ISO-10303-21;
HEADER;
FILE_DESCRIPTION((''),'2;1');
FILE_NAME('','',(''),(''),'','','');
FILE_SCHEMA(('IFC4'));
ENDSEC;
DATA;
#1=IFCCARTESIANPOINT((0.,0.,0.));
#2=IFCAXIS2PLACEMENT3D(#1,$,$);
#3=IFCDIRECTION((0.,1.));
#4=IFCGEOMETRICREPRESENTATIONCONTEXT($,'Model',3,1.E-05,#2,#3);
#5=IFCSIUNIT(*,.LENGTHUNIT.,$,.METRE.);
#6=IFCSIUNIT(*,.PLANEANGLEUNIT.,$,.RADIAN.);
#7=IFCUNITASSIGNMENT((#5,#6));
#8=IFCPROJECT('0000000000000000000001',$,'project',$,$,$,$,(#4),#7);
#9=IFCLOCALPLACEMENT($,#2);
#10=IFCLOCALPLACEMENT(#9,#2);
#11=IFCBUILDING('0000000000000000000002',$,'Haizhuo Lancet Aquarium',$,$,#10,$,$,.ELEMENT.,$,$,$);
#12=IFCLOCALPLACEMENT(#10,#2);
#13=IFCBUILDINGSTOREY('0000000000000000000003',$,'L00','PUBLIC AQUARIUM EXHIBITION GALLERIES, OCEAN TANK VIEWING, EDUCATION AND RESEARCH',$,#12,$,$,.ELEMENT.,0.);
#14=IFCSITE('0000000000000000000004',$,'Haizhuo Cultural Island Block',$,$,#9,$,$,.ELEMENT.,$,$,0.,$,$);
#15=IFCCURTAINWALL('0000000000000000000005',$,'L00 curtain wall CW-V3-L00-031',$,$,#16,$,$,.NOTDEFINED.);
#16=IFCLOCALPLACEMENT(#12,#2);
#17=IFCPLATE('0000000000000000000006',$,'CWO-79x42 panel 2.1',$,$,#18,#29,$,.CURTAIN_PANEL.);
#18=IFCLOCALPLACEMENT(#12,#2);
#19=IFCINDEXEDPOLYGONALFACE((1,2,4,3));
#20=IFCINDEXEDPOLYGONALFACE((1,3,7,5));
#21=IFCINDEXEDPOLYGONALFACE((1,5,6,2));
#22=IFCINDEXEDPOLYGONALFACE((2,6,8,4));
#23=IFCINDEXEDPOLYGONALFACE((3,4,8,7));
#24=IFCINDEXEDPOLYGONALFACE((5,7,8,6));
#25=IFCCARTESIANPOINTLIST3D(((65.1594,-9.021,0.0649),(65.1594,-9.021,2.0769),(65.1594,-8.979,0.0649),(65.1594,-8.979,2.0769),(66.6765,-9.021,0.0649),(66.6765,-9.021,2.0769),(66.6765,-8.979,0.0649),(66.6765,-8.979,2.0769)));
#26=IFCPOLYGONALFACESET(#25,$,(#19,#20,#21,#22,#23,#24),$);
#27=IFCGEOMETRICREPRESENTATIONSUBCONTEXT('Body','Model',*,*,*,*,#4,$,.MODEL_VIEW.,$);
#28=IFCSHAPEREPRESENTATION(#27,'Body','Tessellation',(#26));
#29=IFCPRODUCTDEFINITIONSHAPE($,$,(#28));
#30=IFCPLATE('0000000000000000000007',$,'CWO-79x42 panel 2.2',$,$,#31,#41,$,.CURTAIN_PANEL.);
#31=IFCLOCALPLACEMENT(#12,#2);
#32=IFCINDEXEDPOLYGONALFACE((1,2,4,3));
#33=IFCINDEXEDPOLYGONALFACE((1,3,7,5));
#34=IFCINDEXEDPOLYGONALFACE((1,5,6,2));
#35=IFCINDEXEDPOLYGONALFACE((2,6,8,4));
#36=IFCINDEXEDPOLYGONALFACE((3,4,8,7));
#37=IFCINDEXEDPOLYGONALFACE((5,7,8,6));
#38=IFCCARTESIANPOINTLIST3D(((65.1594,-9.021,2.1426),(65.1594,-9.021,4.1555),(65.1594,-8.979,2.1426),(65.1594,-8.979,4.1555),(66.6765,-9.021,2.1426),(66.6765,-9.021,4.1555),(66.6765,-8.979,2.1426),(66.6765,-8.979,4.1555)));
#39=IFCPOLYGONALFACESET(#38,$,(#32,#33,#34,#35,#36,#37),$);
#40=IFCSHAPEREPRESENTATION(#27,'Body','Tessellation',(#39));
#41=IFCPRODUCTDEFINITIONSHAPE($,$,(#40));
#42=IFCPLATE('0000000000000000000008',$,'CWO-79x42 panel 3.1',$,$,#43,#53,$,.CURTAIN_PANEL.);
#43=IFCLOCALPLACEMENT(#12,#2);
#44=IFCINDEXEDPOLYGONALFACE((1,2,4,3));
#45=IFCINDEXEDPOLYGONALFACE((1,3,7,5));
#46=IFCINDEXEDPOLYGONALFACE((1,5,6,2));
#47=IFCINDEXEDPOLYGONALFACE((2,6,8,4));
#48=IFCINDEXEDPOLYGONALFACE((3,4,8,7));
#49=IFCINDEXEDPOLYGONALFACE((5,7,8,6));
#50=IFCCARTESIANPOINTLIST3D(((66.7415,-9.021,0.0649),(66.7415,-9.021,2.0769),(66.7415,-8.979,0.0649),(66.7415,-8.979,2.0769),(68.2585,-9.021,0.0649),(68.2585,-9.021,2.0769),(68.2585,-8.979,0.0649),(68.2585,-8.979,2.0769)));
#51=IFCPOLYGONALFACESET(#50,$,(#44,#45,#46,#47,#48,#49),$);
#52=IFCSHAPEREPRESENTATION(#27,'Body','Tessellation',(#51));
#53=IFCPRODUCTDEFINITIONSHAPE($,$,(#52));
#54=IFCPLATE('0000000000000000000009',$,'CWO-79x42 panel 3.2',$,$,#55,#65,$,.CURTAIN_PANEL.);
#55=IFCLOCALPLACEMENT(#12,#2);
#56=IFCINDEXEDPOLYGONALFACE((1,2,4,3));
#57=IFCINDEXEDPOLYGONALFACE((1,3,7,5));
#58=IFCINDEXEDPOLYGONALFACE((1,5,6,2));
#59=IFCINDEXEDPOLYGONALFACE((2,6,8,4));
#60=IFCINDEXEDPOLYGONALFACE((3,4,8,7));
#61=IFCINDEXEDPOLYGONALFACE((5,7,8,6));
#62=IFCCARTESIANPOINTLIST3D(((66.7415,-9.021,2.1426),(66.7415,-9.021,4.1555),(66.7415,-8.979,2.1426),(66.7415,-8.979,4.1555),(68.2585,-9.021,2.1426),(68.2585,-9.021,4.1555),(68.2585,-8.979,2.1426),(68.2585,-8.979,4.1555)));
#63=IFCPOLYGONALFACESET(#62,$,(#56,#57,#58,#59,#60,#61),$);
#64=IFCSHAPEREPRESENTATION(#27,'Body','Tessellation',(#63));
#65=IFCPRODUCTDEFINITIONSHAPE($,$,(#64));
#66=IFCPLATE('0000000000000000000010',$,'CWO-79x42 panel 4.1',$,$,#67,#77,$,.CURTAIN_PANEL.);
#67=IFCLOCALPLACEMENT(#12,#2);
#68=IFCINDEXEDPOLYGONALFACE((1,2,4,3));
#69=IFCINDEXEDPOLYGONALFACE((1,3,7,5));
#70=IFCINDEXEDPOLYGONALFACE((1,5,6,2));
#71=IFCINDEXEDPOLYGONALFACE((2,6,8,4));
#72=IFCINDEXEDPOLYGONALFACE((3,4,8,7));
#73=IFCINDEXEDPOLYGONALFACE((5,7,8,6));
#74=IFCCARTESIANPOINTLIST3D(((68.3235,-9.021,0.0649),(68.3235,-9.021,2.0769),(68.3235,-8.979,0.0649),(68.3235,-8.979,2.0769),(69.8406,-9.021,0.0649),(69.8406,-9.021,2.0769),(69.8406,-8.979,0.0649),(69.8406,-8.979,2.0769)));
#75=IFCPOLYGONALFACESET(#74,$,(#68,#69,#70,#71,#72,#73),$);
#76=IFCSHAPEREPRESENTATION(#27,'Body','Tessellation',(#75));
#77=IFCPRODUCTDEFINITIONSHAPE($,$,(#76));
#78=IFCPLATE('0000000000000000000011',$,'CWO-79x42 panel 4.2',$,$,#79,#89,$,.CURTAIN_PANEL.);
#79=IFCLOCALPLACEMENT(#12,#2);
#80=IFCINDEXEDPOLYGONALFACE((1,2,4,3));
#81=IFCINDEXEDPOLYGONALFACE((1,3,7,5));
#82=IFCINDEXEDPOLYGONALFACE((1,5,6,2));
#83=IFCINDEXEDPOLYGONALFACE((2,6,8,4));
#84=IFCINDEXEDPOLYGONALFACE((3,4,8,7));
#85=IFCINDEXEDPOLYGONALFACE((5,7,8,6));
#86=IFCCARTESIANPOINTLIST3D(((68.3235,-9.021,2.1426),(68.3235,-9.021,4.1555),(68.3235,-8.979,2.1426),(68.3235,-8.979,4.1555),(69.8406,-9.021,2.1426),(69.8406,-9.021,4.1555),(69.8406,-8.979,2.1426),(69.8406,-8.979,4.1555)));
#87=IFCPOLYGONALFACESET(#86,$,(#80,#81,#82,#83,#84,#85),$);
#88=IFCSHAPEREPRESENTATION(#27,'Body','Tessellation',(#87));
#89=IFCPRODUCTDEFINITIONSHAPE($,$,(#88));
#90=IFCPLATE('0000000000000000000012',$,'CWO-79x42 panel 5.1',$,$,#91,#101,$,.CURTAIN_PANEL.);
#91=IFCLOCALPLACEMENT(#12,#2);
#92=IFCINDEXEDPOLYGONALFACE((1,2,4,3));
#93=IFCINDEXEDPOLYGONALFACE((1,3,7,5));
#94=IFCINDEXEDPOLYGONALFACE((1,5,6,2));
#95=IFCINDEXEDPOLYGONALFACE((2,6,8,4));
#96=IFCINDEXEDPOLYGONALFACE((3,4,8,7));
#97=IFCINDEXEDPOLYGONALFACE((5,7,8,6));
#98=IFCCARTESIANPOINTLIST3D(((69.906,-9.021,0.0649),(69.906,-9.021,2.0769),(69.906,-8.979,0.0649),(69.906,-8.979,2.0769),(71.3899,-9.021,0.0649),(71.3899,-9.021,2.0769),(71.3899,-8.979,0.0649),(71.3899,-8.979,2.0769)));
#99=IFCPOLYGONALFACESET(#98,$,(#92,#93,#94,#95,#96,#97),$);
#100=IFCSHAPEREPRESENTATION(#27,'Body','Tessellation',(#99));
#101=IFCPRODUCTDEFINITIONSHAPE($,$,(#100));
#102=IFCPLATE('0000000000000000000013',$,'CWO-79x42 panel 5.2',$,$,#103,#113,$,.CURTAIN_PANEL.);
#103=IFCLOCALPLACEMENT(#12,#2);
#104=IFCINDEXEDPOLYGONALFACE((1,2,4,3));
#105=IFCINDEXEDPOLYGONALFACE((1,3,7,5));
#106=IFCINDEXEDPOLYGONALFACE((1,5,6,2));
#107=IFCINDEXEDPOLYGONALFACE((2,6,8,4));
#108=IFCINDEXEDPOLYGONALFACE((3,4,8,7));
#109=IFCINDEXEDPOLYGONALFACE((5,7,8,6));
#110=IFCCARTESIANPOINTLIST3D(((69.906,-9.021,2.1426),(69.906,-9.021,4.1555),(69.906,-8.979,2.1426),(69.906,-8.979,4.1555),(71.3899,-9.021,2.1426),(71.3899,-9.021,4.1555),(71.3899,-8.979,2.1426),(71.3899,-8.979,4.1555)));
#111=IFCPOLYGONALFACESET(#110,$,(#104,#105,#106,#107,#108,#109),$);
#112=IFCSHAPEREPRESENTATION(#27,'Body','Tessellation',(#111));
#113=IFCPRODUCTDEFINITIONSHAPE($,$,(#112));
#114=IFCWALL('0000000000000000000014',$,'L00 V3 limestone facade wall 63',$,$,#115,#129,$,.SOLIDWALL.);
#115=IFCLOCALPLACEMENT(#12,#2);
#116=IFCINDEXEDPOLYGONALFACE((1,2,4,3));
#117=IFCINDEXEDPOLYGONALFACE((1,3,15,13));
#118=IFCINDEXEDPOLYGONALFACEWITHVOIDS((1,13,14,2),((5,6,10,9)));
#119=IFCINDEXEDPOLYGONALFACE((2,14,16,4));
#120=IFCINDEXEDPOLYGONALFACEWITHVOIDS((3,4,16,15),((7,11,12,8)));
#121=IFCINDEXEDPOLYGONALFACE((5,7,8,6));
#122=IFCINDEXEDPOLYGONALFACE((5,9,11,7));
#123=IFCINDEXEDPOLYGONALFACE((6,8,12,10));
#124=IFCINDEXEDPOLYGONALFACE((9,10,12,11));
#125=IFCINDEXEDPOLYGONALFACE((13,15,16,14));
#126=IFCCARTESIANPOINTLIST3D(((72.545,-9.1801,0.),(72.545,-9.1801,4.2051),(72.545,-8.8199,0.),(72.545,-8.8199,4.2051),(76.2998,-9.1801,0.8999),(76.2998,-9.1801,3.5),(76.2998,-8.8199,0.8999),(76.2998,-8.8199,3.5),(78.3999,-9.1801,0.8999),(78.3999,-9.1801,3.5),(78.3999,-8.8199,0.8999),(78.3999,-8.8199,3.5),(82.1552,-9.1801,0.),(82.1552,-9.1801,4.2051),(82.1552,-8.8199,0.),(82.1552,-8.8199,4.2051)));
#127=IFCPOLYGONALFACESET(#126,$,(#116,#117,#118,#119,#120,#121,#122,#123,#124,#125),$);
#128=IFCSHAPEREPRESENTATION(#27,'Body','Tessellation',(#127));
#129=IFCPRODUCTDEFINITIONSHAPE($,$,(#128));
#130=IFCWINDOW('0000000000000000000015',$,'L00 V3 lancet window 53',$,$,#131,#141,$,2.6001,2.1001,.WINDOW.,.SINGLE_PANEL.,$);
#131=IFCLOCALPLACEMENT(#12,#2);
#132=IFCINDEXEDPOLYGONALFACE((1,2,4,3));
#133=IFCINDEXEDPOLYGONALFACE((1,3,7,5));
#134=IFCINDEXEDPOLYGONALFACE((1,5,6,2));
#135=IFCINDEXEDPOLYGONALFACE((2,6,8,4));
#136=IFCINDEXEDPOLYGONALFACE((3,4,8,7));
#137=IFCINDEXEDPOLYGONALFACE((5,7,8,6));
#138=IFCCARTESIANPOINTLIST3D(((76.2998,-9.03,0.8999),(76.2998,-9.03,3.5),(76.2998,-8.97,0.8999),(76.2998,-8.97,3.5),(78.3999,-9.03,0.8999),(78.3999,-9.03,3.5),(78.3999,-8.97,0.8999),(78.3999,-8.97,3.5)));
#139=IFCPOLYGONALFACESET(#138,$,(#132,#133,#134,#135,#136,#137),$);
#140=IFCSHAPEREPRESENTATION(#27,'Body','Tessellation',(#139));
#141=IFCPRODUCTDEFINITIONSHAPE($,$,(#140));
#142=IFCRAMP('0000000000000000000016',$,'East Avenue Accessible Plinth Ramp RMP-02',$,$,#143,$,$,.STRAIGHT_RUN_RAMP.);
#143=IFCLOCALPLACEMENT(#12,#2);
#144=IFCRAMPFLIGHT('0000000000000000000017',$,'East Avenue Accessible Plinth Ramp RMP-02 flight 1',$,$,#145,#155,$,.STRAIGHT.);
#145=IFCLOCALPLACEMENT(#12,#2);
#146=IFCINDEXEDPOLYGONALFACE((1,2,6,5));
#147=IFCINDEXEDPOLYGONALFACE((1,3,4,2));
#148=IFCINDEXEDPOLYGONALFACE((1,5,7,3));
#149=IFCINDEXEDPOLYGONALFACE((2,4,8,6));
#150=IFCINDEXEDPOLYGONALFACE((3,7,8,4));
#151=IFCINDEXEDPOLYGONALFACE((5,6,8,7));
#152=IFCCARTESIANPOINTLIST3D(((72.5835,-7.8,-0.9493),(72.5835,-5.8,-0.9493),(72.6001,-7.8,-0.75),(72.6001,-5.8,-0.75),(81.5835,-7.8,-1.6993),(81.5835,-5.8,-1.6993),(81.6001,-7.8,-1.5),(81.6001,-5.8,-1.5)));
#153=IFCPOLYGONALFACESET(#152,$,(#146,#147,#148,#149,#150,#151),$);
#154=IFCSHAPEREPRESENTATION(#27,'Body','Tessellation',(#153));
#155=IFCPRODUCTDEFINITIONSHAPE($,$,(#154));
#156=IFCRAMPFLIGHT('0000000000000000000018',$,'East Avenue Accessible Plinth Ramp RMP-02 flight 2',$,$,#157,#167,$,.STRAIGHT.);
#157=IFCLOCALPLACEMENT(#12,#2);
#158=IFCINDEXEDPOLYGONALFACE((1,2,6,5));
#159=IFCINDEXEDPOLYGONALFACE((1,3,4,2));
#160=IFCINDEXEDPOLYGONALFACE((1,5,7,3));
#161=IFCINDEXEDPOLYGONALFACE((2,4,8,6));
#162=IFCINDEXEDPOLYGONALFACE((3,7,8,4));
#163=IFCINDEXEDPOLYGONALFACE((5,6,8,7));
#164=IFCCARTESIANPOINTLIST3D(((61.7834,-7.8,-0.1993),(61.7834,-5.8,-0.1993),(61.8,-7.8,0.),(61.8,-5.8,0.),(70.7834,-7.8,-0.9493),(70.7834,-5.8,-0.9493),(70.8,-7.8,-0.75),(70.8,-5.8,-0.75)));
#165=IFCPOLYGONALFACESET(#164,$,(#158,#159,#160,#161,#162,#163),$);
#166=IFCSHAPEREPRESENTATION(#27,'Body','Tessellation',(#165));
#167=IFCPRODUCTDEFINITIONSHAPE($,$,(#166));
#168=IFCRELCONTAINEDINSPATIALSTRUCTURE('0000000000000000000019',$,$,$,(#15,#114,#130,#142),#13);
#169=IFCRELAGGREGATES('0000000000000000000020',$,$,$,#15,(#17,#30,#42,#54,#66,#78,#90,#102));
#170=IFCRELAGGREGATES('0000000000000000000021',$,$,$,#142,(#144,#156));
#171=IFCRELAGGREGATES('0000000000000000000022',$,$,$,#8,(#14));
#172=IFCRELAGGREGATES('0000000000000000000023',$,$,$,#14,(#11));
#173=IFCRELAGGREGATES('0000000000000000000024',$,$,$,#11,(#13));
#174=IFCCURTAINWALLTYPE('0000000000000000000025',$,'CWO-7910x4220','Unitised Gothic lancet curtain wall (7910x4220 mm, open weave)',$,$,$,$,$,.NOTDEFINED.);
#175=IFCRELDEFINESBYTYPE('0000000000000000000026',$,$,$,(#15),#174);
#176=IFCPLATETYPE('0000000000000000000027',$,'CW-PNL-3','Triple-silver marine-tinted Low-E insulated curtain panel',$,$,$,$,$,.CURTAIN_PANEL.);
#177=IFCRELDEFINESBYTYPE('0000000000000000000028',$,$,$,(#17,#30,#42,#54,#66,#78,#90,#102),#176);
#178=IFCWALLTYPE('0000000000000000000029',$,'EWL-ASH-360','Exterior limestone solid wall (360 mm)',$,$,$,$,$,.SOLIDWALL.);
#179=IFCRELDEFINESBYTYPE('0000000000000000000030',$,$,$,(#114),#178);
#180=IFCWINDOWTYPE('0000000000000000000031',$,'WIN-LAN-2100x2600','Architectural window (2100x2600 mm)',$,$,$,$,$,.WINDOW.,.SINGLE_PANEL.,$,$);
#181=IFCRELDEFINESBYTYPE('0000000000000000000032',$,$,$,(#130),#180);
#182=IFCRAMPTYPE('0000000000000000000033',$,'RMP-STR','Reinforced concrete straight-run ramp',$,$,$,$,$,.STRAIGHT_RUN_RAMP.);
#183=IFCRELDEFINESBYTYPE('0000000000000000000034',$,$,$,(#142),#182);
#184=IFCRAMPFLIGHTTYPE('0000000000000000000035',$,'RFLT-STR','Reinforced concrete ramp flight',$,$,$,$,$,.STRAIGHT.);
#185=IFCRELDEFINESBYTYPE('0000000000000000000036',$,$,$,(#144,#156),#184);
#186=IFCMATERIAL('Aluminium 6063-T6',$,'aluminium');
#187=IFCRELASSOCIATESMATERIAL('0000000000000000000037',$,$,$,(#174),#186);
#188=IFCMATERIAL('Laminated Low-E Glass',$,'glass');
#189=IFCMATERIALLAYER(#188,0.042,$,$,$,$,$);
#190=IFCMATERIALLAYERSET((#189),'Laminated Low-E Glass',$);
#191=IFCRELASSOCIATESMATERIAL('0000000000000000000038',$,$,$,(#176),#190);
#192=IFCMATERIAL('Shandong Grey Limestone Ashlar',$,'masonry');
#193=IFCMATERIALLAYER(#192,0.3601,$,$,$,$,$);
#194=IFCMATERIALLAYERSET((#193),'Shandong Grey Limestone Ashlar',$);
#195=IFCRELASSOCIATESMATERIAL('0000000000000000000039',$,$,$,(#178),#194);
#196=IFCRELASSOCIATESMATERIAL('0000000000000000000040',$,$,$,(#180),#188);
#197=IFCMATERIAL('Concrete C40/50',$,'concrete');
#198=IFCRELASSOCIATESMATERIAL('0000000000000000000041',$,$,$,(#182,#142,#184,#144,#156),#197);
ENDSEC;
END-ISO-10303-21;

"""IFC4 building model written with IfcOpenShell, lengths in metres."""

from ifc_helpers import new_model, si_unit, direction, frame, frame_2d, origin, origin_2d, place, context, subcontext, project, spatial, polyline, rectangle, outline, extrude, material, layer, layer_set, type_object, element, fill, aggregate, save


model = new_model("IFC4")

# Units and contexts
model_context = context("Model", 3, precision=1e-05, world=origin(), true_north=direction((0.0, 1.0)))
body_context = subcontext(model_context, "Body", "Model", "MODEL_VIEW")
ifc_project = project(units=[si_unit("LENGTHUNIT", "METRE"), si_unit("PLANEANGLEUNIT", "RADIAN")], contexts=[model_context])

# Site, building, storey
site_placement = place(None, origin())
site = spatial("IfcSite", under=ifc_project, at=site_placement, Name="Haizhuo Cultural Island Block", CompositionType="ELEMENT", RefElevation=0.0)
building_placement = place(site_placement, origin())
building = spatial("IfcBuilding", under=site, at=building_placement, Name="Haizhuo Lancet Aquarium", CompositionType="ELEMENT")
storey_placement = place(building_placement, origin())
storey = spatial("IfcBuildingStorey", under=building, at=storey_placement, Name="L00", Description="PUBLIC AQUARIUM EXHIBITION GALLERIES, OCEAN TANK VIEWING, EDUCATION AND RESEARCH", CompositionType="ELEMENT", Elevation=0.0)

# Shared definitions
ifc_material_1 = material(Name="Concrete C40/50", Category="concrete")

# Curtain wall
ifc_material_2 = material(Name="Aluminium 6063-T6", Category="aluminium")
curtain_wall_type = type_object("IfcCurtainWallType", Name="CWO-7910x4220", Description="Unitised Gothic lancet curtain wall (7910x4220 mm, open weave)", PredefinedType="NOTDEFINED", material=ifc_material_2)
curtain_wall_placement = place(storey_placement, origin())
curtain_wall = element("IfcCurtainWall", 1, at=curtain_wall_placement, inside=storey, type_object=curtain_wall_type, Name="L00 curtain wall CW-V3-L00-031", PredefinedType="NOTDEFINED")

# Plates
ifc_material_3 = material(Name="Laminated Low-E Glass", Category="glass")
ifc_layer_1 = layer(ifc_material_3, 0.042)
ifc_layer_set_1 = layer_set([ifc_layer_1], Name="Laminated Low-E Glass")
plate_type = type_object("IfcPlateType", Name="CW-PNL-3", Description="Triple-silver marine-tinted Low-E insulated curtain panel", PredefinedType="CURTAIN_PANEL", material=ifc_layer_set_1)
plate_1_placement = place(storey_placement, frame((65.918, -9.0, 0.0649), z_axis=(0.0, 0.0, 1.0), x_axis=(1.0, 0.0, 0.0)))
plate_1 = element("IfcPlate", 2, at=plate_1_placement, type_object=plate_type, Name="CWO-79x42 panel 2.1", PredefinedType="CURTAIN_PANEL", context=body_context, shape_type="SweptSolid", body=[
    extrude(rectangle(XDim=1.5171, YDim=0.042, at=origin_2d()), origin(), (0.0, 0.0, 1.0), 2.012),
])
plate_2_placement = place(storey_placement, frame((65.918, -9.0, 2.1426), z_axis=(0.0, 0.0, 1.0), x_axis=(1.0, 0.0, 0.0)))
plate_2 = element("IfcPlate", 3, at=plate_2_placement, type_object=plate_type, Name="CWO-79x42 panel 2.2", PredefinedType="CURTAIN_PANEL", context=body_context, shape_type="SweptSolid", body=[
    extrude(rectangle(XDim=1.5171, YDim=0.042, at=origin_2d()), origin(), (0.0, 0.0, 1.0), 2.0129),
])
plate_3_placement = place(storey_placement, frame((67.5, -9.0, 0.0649), z_axis=(0.0, 0.0, 1.0), x_axis=(1.0, 0.0, 0.0)))
plate_3 = element("IfcPlate", 4, at=plate_3_placement, type_object=plate_type, Name="CWO-79x42 panel 3.1", PredefinedType="CURTAIN_PANEL", context=body_context, shape_type="SweptSolid", body=[
    extrude(rectangle(XDim=1.5171, YDim=0.042, at=origin_2d()), origin(), (0.0, 0.0, 1.0), 2.012),
])
plate_4_placement = place(storey_placement, frame((67.5, -9.0, 2.1426), z_axis=(0.0, 0.0, 1.0), x_axis=(1.0, 0.0, 0.0)))
plate_4 = element("IfcPlate", 5, at=plate_4_placement, type_object=plate_type, Name="CWO-79x42 panel 3.2", PredefinedType="CURTAIN_PANEL", context=body_context, shape_type="SweptSolid", body=[
    extrude(rectangle(XDim=1.5171, YDim=0.042, at=origin_2d()), origin(), (0.0, 0.0, 1.0), 2.0129),
])
plate_5_placement = place(storey_placement, frame((69.082, -9.0, 0.0649), z_axis=(0.0, 0.0, 1.0), x_axis=(1.0, 0.0, 0.0)))
plate_5 = element("IfcPlate", 6, at=plate_5_placement, type_object=plate_type, Name="CWO-79x42 panel 4.1", PredefinedType="CURTAIN_PANEL", context=body_context, shape_type="SweptSolid", body=[
    extrude(rectangle(XDim=1.5171, YDim=0.042, at=origin_2d()), origin(), (0.0, 0.0, 1.0), 2.012),
])
plate_6_placement = place(storey_placement, frame((69.082, -9.0, 2.1426), z_axis=(0.0, 0.0, 1.0), x_axis=(1.0, 0.0, 0.0)))
plate_6 = element("IfcPlate", 7, at=plate_6_placement, type_object=plate_type, Name="CWO-79x42 panel 4.2", PredefinedType="CURTAIN_PANEL", context=body_context, shape_type="SweptSolid", body=[
    extrude(rectangle(XDim=1.5171, YDim=0.042, at=origin_2d()), origin(), (0.0, 0.0, 1.0), 2.0129),
])
plate_7_placement = place(storey_placement, frame((70.6479, -9.0, 0.0649), z_axis=(0.0, 0.0, 1.0), x_axis=(1.0, 0.0, 0.0)))
plate_7 = element("IfcPlate", 8, at=plate_7_placement, type_object=plate_type, Name="CWO-79x42 panel 5.1", PredefinedType="CURTAIN_PANEL", context=body_context, shape_type="SweptSolid", body=[
    extrude(rectangle(XDim=1.4839, YDim=0.042, at=origin_2d()), origin(), (0.0, 0.0, 1.0), 2.012),
])
plate_8_placement = place(storey_placement, frame((70.6479, -9.0, 2.1426), z_axis=(0.0, 0.0, 1.0), x_axis=(1.0, 0.0, 0.0)))
plate_8 = element("IfcPlate", 9, at=plate_8_placement, type_object=plate_type, Name="CWO-79x42 panel 5.2", PredefinedType="CURTAIN_PANEL", context=body_context, shape_type="SweptSolid", body=[
    extrude(rectangle(XDim=1.4839, YDim=0.042, at=origin_2d()), origin(), (0.0, 0.0, 1.0), 2.0129),
])
aggregate(curtain_wall, [plate_1, plate_2, plate_3, plate_4, plate_5, plate_6, plate_7, plate_8])

# Wall, opening, window
ifc_material_4 = material(Name="Shandong Grey Limestone Ashlar", Category="masonry")
ifc_layer_2 = layer(ifc_material_4, 0.3601)
ifc_layer_set_2 = layer_set([ifc_layer_2], Name="Shandong Grey Limestone Ashlar")
wall_type = type_object("IfcWallType", Name="EWL-ASH-360", Description="Exterior limestone solid wall (360 mm)", PredefinedType="SOLIDWALL", material=ifc_layer_set_2)
wall_placement = place(storey_placement, frame((72.5449, -9.0, 0.0), z_axis=(0.0, 0.0, 1.0), x_axis=(1.0, 0.0, 0.0)))
wall = element("IfcWall", 10, at=wall_placement, inside=storey, type_object=wall_type, Name="L00 V3 limestone facade wall 63", PredefinedType="SOLIDWALL", context=body_context, shape_type="SweptSolid", body=[
    extrude(rectangle(XDim=9.6101, YDim=0.3601, at=frame_2d((4.8052, 0.0))), origin(), (0.0, 0.0, 1.0), 4.2051),
])
opening_placement = place(wall_placement, frame((3.7549, 0.0, 0.8999)))
opening = element("IfcOpeningElement", 11, at=opening_placement, cuts=wall, PredefinedType="OPENING", context=body_context, shape_type="SweptSolid", body=[
    extrude(rectangle(XDim=2.1001, YDim=2.6001, at=frame_2d((1.05, 1.3))), frame((0.0, 0.1899, 0.0), z_axis=(0.0, -1.0, 0.0), x_axis=(1.0, 0.0, 0.0)), (0.0, 0.0, 1.0), 0.3801),
])
window_type = type_object("IfcWindowType", Name="WIN-LAN-2100x2600", Description="Architectural window (2100x2600 mm)", PartitioningType="SINGLE_PANEL", PredefinedType="WINDOW", material=ifc_material_3)
window_placement = place(opening_placement, origin())
window = element("IfcWindow", 12, at=window_placement, inside=storey, type_object=window_type, Name="L00 V3 lancet window 53", OverallHeight=2.6001, OverallWidth=2.1001, PartitioningType="SINGLE_PANEL", PredefinedType="WINDOW", context=body_context, shape_type="SweptSolid", body=[
    extrude(rectangle(XDim=2.1001, YDim=2.6001, at=frame_2d((1.05, 1.3))), frame((0.0, 0.03, 0.0), z_axis=(0.0, -1.0, 0.0), x_axis=(1.0, 0.0, 0.0)), (0.0, 0.0, 1.0), 0.0601),
])
fill(opening, window)

# Ramp, ramp flights
ramp_type = type_object("IfcRampType", Name="RMP-STR", Description="Reinforced concrete straight-run ramp", PredefinedType="STRAIGHT_RUN_RAMP", material=ifc_material_1)
ramp_placement = place(storey_placement, origin())
ramp = element("IfcRamp", 13, at=ramp_placement, inside=storey, type_object=ramp_type, material=ifc_material_1, Name="East Avenue Accessible Plinth Ramp RMP-02", PredefinedType="STRAIGHT_RUN_RAMP")
ramp_flight_type = type_object("IfcRampFlightType", Name="RFLT-STR", Description="Reinforced concrete ramp flight", PredefinedType="STRAIGHT", material=ifc_material_1)
ramp_flight_1_placement = place(storey_placement, frame((81.6001, -7.8, -1.5), z_axis=(0.083045, 0.0, 0.996546), x_axis=(-0.996546, 0.0, 0.083045)))
ramp_flight_1 = element("IfcRampFlight", 14, at=ramp_flight_1_placement, type_object=ramp_flight_type, material=ifc_material_1, Name="East Avenue Accessible Plinth Ramp RMP-02 flight 1", PredefinedType="STRAIGHT", context=body_context, shape_type="SweptSolid", body=[
    extrude(outline(polyline([(0.0, 0.0), (9.0312, 0.0), (9.0312, -2.0), (0.0, -2.0), (0.0, 0.0)])), origin(), (0.0, 0.0, -1.0), 0.2),
])
ramp_flight_2_placement = place(storey_placement, frame((70.8, -7.8, -0.75), z_axis=(0.083045, 0.0, 0.996546), x_axis=(-0.996546, 0.0, 0.083045)))
ramp_flight_2 = element("IfcRampFlight", 15, at=ramp_flight_2_placement, type_object=ramp_flight_type, material=ifc_material_1, Name="East Avenue Accessible Plinth Ramp RMP-02 flight 2", PredefinedType="STRAIGHT", context=body_context, shape_type="SweptSolid", body=[
    extrude(outline(polyline([(0.0, 0.0), (9.0312, 0.0), (9.0312, -2.0), (0.0, -2.0), (0.0, 0.0)])), origin(), (0.0, 0.0, -1.0), 0.2),
])
aggregate(ramp, [ramp_flight_1, ramp_flight_2])

save(model, "model.ifc")
